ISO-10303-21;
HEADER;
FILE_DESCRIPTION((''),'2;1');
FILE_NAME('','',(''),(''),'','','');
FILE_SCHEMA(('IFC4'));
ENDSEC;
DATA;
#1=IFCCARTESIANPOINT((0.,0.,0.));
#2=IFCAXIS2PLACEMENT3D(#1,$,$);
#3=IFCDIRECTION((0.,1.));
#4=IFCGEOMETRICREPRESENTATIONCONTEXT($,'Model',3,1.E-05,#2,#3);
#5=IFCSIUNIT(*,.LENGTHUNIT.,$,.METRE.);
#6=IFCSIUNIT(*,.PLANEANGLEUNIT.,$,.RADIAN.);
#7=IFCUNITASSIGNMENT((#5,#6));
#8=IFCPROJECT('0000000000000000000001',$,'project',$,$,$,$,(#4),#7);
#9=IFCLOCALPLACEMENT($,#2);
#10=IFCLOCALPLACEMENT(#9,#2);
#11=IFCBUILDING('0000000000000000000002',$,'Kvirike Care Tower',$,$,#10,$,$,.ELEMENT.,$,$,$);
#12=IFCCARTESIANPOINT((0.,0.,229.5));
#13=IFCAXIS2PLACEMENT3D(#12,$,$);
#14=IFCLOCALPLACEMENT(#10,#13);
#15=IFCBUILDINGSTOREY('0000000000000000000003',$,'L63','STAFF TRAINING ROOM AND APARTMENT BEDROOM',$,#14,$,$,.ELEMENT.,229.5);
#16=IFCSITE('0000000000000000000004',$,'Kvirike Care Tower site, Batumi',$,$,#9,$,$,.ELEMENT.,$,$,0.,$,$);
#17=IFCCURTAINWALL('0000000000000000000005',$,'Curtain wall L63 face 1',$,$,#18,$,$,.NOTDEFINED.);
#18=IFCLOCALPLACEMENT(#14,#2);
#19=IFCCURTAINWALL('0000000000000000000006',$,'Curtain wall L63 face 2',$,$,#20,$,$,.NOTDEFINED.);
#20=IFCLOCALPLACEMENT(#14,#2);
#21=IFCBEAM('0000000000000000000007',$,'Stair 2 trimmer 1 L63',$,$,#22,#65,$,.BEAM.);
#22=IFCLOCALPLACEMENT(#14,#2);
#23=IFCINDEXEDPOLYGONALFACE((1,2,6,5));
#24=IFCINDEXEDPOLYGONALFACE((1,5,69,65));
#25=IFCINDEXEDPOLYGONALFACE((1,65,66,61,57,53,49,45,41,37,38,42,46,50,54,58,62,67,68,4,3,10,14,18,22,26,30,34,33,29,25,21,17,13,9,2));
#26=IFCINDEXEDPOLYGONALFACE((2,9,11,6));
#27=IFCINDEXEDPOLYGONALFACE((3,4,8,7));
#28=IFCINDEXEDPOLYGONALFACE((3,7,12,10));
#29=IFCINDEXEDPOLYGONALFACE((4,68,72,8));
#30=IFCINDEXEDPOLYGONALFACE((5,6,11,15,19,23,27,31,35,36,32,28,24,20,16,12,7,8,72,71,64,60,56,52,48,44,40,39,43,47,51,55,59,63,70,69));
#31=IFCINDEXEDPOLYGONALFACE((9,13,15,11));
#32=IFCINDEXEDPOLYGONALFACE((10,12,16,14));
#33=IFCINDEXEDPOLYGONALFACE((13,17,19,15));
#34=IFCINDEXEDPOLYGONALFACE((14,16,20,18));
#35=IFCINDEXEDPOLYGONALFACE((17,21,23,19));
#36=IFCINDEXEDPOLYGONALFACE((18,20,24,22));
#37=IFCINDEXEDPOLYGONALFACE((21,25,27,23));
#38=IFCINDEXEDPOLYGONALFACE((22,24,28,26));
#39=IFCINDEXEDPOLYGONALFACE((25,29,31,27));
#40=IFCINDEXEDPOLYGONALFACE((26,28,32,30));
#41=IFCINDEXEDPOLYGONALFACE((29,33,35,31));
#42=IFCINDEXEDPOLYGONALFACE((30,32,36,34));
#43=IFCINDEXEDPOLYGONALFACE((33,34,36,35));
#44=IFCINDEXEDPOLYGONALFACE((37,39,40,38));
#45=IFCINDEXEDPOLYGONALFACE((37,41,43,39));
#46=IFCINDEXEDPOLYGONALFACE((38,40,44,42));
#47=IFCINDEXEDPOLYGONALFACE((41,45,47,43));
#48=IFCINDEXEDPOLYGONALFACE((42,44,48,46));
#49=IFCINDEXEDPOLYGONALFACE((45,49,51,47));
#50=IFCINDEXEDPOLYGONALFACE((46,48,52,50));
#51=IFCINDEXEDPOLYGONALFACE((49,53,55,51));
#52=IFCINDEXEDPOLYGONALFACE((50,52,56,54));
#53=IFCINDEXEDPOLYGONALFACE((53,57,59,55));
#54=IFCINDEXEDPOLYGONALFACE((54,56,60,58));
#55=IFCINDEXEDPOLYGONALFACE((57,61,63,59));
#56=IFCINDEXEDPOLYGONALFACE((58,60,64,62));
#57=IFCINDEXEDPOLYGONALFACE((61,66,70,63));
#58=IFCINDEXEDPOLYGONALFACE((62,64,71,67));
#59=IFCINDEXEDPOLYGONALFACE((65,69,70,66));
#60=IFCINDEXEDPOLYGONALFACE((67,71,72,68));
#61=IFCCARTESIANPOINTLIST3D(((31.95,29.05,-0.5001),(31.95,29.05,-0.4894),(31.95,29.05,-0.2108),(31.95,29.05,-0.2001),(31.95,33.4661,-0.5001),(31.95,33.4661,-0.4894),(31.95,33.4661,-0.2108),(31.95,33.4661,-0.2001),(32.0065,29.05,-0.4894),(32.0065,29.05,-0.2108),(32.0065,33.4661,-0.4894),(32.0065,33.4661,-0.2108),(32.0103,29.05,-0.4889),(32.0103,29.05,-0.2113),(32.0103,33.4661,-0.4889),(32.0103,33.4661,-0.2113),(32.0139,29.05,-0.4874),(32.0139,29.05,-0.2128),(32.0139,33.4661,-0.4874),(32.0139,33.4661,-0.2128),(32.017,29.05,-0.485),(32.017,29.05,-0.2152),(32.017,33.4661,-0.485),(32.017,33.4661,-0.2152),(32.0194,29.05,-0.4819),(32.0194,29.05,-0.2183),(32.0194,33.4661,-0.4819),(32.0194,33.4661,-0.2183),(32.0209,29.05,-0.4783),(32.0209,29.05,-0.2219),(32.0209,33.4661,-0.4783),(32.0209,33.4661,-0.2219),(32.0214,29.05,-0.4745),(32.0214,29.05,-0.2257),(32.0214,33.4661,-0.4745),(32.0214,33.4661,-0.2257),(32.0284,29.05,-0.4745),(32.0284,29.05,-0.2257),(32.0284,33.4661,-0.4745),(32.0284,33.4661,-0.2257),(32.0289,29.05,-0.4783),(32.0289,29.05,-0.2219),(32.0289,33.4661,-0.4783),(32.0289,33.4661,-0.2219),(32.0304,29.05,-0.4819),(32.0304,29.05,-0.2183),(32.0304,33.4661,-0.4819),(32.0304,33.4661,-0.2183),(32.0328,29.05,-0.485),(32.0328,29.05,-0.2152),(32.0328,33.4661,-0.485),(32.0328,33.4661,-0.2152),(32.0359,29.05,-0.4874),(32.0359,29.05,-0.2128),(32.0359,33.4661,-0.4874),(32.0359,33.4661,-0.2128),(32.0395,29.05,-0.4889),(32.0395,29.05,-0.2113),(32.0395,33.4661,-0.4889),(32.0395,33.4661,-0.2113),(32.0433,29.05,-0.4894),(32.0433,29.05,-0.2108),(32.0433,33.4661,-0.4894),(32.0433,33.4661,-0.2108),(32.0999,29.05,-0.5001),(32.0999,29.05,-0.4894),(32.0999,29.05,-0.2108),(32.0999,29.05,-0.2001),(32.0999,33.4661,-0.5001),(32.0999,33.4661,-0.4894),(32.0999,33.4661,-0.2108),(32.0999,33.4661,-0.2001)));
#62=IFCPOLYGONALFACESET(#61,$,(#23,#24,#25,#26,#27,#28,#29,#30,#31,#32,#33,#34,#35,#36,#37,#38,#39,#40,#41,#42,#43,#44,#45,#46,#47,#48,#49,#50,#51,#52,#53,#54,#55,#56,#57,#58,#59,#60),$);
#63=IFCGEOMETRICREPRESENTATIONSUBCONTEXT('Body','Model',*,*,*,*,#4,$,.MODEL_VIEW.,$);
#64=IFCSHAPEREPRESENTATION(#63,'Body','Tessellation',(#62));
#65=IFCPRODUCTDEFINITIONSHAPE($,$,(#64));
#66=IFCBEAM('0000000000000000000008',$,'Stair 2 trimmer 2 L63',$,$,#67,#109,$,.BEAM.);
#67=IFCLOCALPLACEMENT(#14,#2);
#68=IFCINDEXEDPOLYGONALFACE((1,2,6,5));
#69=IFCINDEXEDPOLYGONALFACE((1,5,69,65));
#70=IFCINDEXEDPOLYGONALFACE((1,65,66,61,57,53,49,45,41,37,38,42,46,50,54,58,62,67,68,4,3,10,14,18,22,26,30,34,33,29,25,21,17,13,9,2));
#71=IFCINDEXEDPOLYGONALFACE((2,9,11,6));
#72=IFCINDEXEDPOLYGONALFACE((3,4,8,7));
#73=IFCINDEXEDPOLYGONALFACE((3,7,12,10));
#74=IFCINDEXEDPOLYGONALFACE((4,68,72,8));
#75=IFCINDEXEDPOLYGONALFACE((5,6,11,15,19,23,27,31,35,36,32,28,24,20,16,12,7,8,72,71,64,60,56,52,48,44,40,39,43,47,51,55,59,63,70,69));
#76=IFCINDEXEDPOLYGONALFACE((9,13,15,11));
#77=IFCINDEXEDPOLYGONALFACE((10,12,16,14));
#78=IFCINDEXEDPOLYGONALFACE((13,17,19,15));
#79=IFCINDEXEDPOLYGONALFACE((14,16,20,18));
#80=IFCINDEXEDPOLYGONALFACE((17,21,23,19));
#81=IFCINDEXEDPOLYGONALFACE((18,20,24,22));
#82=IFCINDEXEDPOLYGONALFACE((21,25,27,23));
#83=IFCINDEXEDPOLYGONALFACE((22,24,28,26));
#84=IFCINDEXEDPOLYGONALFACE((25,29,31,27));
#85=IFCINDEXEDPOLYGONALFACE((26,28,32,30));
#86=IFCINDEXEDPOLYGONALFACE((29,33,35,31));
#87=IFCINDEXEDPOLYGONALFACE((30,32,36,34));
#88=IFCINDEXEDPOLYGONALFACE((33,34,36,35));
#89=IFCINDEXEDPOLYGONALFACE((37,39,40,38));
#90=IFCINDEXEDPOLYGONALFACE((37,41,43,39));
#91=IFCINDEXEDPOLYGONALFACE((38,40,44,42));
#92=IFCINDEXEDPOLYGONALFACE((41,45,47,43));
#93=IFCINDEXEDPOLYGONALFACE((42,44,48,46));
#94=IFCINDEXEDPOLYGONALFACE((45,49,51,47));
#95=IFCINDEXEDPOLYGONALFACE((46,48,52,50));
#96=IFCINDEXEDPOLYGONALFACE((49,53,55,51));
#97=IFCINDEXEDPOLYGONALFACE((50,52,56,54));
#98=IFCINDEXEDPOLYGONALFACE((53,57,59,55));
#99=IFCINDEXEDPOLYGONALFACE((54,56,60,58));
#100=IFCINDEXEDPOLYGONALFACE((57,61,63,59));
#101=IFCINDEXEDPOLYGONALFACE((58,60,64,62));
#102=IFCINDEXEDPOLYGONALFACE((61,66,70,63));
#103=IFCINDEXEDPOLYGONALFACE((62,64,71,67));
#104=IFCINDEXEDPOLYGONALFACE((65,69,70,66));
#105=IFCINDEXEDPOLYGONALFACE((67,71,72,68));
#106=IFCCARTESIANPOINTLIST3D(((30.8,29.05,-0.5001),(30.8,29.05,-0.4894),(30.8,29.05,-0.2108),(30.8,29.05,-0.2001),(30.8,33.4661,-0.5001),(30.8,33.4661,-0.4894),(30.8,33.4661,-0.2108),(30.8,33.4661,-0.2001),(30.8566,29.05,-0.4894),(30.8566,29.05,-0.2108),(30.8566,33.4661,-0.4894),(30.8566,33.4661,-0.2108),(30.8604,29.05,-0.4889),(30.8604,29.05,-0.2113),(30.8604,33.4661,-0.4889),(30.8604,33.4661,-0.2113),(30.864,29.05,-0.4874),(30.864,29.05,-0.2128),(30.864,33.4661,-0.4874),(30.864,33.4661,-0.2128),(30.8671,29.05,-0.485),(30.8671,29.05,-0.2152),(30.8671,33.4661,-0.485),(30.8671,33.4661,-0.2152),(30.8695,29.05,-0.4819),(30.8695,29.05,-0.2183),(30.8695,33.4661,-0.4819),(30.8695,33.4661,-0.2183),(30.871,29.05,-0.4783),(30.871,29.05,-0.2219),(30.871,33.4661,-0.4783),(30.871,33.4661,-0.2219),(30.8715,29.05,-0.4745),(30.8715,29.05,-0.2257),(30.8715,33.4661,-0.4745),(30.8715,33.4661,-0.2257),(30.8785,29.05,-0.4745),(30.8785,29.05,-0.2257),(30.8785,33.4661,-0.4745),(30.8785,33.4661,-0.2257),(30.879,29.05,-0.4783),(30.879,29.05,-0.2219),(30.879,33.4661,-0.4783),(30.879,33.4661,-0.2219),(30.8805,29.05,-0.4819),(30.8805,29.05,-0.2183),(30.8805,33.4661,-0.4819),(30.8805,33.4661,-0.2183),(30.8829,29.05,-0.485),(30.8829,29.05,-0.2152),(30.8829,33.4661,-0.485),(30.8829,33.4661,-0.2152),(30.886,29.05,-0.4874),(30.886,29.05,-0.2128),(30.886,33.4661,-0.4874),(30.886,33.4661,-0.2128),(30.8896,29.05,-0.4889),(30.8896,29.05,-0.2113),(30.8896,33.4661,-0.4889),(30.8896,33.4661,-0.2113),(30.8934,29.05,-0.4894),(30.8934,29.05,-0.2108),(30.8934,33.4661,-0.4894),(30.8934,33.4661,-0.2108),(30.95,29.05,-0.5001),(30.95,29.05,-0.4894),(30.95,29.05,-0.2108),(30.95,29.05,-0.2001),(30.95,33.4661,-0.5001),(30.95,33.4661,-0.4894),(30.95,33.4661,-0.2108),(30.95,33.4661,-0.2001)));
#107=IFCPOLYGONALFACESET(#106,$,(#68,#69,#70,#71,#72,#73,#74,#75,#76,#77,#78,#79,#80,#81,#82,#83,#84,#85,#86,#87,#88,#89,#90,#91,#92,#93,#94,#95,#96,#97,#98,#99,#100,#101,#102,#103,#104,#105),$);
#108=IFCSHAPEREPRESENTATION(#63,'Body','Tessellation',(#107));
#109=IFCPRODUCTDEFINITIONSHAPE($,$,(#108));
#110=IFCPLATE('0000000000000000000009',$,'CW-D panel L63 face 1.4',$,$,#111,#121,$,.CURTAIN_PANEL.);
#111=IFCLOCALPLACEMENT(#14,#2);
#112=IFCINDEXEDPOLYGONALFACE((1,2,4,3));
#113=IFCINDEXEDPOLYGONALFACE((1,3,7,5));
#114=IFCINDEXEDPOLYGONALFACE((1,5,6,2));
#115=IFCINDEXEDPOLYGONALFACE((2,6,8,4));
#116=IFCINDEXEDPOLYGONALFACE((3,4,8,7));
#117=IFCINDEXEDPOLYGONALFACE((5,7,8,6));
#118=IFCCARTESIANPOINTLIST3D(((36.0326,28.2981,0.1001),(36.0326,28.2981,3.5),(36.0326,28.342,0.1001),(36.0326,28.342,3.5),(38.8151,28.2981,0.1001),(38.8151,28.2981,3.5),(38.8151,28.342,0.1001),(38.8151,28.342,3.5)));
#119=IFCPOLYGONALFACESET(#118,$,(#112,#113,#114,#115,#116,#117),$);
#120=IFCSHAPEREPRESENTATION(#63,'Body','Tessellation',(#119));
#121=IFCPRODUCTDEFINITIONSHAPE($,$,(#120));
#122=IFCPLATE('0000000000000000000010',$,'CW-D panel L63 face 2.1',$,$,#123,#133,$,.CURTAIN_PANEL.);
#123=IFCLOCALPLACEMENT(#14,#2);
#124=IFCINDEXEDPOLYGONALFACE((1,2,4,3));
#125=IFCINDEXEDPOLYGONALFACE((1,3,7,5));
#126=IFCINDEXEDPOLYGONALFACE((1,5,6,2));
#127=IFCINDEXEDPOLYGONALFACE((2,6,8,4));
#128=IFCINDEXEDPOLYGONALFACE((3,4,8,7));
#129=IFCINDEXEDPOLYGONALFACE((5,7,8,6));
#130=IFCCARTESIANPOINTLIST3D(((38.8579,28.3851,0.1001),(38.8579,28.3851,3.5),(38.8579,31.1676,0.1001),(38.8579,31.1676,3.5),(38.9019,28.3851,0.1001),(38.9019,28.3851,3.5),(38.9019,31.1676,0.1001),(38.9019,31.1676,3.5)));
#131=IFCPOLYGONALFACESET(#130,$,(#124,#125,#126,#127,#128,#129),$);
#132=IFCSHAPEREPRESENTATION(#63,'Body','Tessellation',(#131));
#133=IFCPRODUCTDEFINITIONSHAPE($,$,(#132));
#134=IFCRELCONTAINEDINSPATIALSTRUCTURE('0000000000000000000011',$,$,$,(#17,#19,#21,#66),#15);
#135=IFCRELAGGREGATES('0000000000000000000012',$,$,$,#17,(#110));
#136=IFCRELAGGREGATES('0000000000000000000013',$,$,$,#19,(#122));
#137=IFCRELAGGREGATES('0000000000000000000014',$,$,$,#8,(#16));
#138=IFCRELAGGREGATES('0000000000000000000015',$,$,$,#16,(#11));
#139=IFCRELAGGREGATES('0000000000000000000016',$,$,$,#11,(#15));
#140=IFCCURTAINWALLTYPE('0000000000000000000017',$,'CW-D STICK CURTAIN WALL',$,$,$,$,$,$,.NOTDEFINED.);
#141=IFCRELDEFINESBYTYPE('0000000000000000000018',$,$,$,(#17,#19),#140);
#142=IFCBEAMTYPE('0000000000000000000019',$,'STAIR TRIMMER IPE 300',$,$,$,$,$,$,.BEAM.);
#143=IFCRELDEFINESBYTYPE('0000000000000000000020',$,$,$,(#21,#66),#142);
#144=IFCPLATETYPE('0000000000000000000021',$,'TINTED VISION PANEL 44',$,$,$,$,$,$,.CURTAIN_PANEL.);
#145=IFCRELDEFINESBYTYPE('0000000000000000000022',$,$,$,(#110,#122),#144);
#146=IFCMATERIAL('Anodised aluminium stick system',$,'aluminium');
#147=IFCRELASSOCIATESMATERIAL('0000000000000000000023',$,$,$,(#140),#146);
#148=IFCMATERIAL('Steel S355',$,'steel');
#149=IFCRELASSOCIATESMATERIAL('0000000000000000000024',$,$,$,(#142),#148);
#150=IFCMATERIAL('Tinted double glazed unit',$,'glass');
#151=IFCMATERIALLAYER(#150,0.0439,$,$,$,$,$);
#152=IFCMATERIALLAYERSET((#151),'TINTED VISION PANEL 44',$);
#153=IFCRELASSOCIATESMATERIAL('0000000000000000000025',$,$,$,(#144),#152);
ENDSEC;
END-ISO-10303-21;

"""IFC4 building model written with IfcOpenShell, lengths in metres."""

from ifc_helpers import new_model, si_unit, direction, frame, origin, origin_2d, place, context, subcontext, project, spatial, rectangle, i_section, extrude, material, layer, layer_set, material_profile, profile_set, type_object, element, aggregate, save


model = new_model("IFC4")

# Units and contexts
model_context = context("Model", 3, precision=1e-05, world=origin(), true_north=direction((0.0, 1.0)))
body_context = subcontext(model_context, "Body", "Model", "MODEL_VIEW")
ifc_project = project(units=[si_unit("LENGTHUNIT", "METRE"), si_unit("PLANEANGLEUNIT", "RADIAN")], contexts=[model_context])

# Site, building, storey
site_placement = place(None, origin())
site = spatial("IfcSite", under=ifc_project, at=site_placement, Name="Kvirike Care Tower site, Batumi", CompositionType="ELEMENT", RefElevation=0.0)
building_placement = place(site_placement, origin())
building = spatial("IfcBuilding", under=site, at=building_placement, Name="Kvirike Care Tower", CompositionType="ELEMENT")
storey_placement = place(building_placement, frame((0.0, 0.0, 229.5)))
storey = spatial("IfcBuildingStorey", under=building, at=storey_placement, Name="L63", Description="STAFF TRAINING ROOM AND APARTMENT BEDROOM", CompositionType="ELEMENT", Elevation=229.5)

# Curtain wall
ifc_material_1 = material(Name="Anodised aluminium stick system", Category="aluminium")
curtain_wall_type = type_object("IfcCurtainWallType", Name="CW-D STICK CURTAIN WALL", PredefinedType="NOTDEFINED", material=ifc_material_1)
curtain_wall_1_placement = place(storey_placement, origin())
curtain_wall_1 = element("IfcCurtainWall", 1, at=curtain_wall_1_placement, inside=storey, type_object=curtain_wall_type, Name="Curtain wall L63 face 1", PredefinedType="NOTDEFINED")

# Curtain wall
curtain_wall_2_placement = place(storey_placement, origin())
curtain_wall_2 = element("IfcCurtainWall", 2, at=curtain_wall_2_placement, inside=storey, type_object=curtain_wall_type, Name="Curtain wall L63 face 2", PredefinedType="NOTDEFINED")

# Beams
ifc_material_2 = material(Name="Steel S355", Category="steel")
ifc_material_profile_1 = material_profile(ifc_material_2, i_section(OverallWidth=0.1499, OverallDepth=0.3, WebThickness=0.0071, FlangeThickness=0.0107, FilletRadius=0.0149, at=origin_2d()), Name="IPE 300")
ifc_profile_set_1 = profile_set([ifc_material_profile_1], Name="Steel S355")
beam_type_1 = type_object("IfcBeamType", Name="STAIR TRIMMER IPE 300", PredefinedType="BEAM", material=ifc_profile_set_1)
for number, where, z_axis, x_axis, name in (
    (3, (32.0249, 29.05, -0.3501), (0.0, 1.0, 0.0), (-1.0, 0.0, 0.0), "Stair 2 trimmer 1 L63"),
    (4, (30.875, 29.05, -0.3501), (0.0, 1.0, 0.0), (-1.0, 0.0, 0.0), "Stair 2 trimmer 2 L63"),
):
    element("IfcBeam", number, at=place(storey_placement, frame(where, z_axis=z_axis, x_axis=x_axis)), inside=storey, type_object=beam_type_1, Name=name, PredefinedType="BEAM", context=body_context, shape_type="SweptSolid", body=[
        extrude(i_section(OverallWidth=0.1499, OverallDepth=0.3, WebThickness=0.0071, FlangeThickness=0.0107, FilletRadius=0.0149, at=origin_2d()), origin(), (0.0, 0.0, 1.0), 4.416),
    ])

# Plates
ifc_material_3 = material(Name="Tinted double glazed unit", Category="glass")
ifc_layer_1 = layer(ifc_material_3, 0.0439)
ifc_layer_set_1 = layer_set([ifc_layer_1], Name="TINTED VISION PANEL 44")
plate_type = type_object("IfcPlateType", Name="TINTED VISION PANEL 44", PredefinedType="CURTAIN_PANEL", material=ifc_layer_set_1)
plate_1_placement = place(storey_placement, frame((37.4238, 28.3201, 0.1001), z_axis=(0.0, 0.0, 1.0), x_axis=(1.0, 0.0, 0.0)))
plate_1 = element("IfcPlate", 5, at=plate_1_placement, type_object=plate_type, Name="CW-D panel L63 face 1.4", PredefinedType="CURTAIN_PANEL", context=body_context, shape_type="SweptSolid", body=[
    extrude(rectangle(XDim=2.7825, YDim=0.0439, at=origin_2d()), origin(), (0.0, 0.0, 1.0), 3.3999),
])
aggregate(curtain_wall_1, [plate_1])
plate_2_placement = place(storey_placement, frame((38.8799, 29.7764, 0.1001), z_axis=(0.0, 0.0, 1.0), x_axis=(0.0, 1.0, 0.0)))
plate_2 = element("IfcPlate", 6, at=plate_2_placement, type_object=plate_type, Name="CW-D panel L63 face 2.1", PredefinedType="CURTAIN_PANEL", context=body_context, shape_type="SweptSolid", body=[
    extrude(rectangle(XDim=2.7825, YDim=0.0439, at=origin_2d()), origin(), (0.0, 0.0, 1.0), 3.3999),
])
aggregate(curtain_wall_2, [plate_2])

save(model, "model.ifc")
